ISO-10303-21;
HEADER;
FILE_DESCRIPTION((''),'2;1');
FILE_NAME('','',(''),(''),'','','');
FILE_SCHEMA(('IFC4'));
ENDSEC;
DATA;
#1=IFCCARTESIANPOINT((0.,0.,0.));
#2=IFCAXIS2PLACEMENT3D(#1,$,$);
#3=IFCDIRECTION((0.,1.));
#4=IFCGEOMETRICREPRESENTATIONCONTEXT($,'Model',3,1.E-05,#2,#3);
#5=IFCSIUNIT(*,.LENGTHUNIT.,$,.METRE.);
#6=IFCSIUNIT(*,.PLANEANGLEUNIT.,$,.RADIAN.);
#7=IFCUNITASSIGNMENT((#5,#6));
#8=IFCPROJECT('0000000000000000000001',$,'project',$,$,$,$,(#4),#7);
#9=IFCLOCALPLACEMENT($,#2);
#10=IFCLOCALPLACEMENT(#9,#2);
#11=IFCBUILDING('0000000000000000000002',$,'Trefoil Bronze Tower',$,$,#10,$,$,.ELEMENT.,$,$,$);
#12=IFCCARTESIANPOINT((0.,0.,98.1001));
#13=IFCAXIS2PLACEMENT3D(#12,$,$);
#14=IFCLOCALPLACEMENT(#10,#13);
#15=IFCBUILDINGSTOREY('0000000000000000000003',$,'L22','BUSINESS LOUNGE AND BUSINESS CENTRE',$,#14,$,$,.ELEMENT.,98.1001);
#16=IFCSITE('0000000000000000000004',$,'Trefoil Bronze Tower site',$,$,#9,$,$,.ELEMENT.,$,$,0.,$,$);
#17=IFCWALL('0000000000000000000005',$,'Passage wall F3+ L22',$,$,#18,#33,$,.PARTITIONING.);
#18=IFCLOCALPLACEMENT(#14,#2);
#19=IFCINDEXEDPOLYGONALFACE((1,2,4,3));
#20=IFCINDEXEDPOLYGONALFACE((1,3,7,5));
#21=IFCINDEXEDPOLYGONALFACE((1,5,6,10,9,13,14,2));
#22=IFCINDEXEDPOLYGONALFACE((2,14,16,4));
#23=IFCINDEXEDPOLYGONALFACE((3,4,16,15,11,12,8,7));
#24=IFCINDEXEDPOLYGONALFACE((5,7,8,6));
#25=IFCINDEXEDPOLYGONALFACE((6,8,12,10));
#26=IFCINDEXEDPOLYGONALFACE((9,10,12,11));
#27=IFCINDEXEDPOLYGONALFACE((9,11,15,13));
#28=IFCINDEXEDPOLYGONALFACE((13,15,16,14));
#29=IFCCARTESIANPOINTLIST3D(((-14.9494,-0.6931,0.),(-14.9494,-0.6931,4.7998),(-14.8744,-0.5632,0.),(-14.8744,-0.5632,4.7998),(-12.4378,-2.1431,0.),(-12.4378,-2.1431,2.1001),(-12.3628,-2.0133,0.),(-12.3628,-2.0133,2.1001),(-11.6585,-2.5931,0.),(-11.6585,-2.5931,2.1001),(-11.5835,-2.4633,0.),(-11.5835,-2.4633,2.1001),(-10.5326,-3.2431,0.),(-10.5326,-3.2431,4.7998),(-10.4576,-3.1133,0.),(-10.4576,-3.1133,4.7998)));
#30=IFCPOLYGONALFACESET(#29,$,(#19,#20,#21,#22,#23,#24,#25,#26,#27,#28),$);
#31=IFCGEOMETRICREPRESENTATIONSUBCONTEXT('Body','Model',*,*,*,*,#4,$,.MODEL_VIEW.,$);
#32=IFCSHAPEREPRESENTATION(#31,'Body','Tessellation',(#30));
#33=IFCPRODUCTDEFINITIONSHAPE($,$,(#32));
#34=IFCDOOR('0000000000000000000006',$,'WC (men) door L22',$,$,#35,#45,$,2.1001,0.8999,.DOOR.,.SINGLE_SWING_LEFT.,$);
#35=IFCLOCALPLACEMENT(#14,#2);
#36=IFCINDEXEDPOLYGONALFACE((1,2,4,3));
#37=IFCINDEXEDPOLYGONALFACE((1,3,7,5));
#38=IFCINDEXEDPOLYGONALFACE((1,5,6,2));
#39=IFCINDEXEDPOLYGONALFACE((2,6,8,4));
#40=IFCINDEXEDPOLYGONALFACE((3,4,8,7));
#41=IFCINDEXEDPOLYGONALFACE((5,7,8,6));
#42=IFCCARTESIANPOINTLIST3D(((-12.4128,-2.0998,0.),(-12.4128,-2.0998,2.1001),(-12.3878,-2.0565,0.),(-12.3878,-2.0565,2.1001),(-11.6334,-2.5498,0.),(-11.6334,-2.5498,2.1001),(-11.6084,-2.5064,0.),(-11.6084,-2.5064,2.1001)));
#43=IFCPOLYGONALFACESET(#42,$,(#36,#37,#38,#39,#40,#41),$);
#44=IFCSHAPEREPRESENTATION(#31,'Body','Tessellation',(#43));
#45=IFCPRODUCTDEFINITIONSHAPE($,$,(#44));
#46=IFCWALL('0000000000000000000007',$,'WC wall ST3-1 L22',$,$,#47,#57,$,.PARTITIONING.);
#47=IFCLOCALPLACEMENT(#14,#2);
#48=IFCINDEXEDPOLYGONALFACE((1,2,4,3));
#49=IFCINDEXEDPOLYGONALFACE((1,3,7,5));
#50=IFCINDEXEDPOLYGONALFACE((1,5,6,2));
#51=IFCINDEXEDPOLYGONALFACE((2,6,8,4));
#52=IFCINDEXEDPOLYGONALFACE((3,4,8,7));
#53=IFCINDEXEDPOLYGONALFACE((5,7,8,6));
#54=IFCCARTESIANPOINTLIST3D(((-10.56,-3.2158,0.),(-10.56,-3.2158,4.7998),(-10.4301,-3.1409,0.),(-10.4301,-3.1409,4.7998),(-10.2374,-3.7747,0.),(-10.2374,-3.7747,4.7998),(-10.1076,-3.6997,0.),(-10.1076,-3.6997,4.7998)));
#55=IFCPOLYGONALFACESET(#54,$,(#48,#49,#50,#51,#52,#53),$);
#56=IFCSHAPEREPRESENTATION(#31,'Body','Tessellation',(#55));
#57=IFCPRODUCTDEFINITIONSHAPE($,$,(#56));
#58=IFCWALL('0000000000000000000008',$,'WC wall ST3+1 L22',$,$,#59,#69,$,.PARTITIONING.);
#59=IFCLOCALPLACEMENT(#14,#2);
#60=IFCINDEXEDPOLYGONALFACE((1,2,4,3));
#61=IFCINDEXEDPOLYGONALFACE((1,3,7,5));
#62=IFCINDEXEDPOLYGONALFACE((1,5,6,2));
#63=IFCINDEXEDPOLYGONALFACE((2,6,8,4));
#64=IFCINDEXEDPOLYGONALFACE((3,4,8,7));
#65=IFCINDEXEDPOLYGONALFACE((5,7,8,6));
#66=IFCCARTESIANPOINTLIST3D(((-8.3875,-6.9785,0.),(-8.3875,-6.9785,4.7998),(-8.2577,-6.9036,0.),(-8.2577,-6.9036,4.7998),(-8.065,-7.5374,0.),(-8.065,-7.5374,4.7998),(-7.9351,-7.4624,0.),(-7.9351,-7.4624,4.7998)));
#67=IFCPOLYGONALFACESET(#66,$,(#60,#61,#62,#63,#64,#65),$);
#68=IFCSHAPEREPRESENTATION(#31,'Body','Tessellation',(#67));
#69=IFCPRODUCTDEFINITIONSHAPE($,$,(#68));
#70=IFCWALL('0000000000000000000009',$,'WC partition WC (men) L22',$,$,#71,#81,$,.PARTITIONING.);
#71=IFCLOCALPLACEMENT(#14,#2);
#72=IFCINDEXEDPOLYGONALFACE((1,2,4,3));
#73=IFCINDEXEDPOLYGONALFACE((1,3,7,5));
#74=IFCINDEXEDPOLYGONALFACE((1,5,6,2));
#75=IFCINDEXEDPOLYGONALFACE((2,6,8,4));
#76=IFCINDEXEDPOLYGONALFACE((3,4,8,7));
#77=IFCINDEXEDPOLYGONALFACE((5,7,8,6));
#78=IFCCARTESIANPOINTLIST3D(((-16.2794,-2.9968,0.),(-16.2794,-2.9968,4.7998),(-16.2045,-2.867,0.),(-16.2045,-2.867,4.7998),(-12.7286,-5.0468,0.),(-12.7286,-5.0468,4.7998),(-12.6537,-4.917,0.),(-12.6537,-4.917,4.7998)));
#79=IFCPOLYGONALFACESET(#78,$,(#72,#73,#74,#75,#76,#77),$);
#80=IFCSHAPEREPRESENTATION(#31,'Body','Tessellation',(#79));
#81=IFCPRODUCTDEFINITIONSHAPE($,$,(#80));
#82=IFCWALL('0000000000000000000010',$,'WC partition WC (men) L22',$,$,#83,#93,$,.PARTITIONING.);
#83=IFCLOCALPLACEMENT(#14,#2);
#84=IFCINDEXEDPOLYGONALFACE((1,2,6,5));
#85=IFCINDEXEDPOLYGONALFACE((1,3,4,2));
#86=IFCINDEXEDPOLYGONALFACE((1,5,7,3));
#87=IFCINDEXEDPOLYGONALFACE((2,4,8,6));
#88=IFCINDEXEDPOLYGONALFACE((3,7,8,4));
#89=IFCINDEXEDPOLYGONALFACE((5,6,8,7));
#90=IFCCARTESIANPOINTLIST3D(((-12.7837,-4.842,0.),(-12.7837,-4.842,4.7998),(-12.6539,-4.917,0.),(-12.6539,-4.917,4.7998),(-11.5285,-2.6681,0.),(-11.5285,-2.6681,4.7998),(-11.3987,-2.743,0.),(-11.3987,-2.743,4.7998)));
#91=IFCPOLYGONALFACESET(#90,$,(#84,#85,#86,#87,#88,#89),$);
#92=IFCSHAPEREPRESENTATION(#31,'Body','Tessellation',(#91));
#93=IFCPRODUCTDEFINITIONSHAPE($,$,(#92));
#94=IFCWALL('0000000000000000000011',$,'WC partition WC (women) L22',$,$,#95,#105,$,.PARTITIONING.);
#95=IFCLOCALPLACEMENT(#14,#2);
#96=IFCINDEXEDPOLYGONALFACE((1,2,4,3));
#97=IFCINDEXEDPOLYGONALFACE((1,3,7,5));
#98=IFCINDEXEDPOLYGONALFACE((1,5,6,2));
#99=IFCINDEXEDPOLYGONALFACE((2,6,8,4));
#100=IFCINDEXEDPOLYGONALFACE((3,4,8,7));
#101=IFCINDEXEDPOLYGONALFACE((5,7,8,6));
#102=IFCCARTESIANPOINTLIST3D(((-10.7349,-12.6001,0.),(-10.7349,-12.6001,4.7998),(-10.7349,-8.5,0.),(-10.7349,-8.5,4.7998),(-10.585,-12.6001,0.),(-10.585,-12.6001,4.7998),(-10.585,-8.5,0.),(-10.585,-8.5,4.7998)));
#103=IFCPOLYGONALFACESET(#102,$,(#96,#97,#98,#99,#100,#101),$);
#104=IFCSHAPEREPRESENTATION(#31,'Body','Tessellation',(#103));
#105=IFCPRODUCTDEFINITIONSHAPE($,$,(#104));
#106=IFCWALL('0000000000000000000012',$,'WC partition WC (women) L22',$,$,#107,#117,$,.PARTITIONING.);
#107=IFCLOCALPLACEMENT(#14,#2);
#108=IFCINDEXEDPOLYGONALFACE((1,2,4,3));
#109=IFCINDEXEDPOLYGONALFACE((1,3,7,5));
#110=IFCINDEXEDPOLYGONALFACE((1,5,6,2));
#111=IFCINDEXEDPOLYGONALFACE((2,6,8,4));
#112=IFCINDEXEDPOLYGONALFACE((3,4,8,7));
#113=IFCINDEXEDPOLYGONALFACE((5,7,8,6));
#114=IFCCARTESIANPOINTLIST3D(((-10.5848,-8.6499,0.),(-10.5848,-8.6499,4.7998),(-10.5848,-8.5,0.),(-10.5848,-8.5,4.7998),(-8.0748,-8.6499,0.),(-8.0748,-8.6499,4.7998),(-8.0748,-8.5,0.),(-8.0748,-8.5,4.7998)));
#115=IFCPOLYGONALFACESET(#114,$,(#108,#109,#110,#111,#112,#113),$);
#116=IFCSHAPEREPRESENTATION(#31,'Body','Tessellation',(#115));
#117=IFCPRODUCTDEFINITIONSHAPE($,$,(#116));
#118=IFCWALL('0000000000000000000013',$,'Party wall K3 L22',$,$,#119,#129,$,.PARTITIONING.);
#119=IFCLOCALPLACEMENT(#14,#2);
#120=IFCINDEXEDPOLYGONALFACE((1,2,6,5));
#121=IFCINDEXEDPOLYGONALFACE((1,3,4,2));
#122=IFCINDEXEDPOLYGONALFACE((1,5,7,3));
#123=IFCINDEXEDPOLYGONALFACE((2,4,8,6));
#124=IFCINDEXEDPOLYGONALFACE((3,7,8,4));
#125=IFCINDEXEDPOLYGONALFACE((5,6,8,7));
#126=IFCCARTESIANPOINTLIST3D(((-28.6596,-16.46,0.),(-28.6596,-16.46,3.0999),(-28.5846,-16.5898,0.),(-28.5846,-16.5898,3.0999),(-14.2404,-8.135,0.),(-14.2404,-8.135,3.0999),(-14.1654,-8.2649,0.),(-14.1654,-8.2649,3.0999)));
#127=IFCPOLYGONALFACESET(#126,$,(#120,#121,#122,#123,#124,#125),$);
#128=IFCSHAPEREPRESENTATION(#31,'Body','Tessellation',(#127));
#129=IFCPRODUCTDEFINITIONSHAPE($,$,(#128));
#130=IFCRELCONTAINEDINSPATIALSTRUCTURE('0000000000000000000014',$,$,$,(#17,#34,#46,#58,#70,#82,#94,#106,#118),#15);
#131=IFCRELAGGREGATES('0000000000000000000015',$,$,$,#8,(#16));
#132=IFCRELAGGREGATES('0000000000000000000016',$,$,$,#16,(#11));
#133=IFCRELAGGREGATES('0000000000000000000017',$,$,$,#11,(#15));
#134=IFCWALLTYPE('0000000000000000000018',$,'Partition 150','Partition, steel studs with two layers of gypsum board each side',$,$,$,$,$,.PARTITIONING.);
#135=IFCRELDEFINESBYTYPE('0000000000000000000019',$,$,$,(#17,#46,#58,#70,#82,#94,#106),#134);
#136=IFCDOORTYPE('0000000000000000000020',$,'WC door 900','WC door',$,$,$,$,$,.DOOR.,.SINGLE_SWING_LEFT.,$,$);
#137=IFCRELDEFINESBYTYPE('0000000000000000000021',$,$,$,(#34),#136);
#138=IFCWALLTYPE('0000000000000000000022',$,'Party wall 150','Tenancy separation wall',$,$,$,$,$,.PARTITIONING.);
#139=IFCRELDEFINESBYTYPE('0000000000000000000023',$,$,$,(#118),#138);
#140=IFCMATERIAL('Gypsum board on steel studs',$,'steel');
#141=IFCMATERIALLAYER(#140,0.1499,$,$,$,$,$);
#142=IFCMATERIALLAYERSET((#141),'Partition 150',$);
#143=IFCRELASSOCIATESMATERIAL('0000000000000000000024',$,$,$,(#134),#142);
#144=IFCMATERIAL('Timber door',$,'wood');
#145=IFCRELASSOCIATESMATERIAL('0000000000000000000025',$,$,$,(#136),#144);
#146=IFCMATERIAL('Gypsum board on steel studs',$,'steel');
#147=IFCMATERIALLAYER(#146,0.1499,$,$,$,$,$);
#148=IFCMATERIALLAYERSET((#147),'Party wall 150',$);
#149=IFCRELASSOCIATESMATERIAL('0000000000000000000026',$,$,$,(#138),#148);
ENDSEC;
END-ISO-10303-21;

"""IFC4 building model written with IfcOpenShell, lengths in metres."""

from ifc_helpers import new_model, si_unit, direction, frame, frame_2d, origin, place, context, subcontext, project, spatial, rectangle, extrude, material, layer, layer_set, type_object, element, fill, save


model = new_model("IFC4")

# Units and contexts
model_context = context("Model", 3, precision=1e-05, world=origin(), true_north=direction((0.0, 1.0)))
body_context = subcontext(model_context, "Body", "Model", "MODEL_VIEW")
ifc_project = project(units=[si_unit("LENGTHUNIT", "METRE"), si_unit("PLANEANGLEUNIT", "RADIAN")], contexts=[model_context])

# Site, building, storey
site_placement = place(None, origin())
site = spatial("IfcSite", under=ifc_project, at=site_placement, Name="Trefoil Bronze Tower site", CompositionType="ELEMENT", RefElevation=0.0)
building_placement = place(site_placement, origin())
building = spatial("IfcBuilding", under=site, at=building_placement, Name="Trefoil Bronze Tower", CompositionType="ELEMENT")
storey_placement = place(building_placement, frame((0.0, 0.0, 98.1001)))
storey = spatial("IfcBuildingStorey", under=building, at=storey_placement, Name="L22", Description="BUSINESS LOUNGE AND BUSINESS CENTRE", CompositionType="ELEMENT", Elevation=98.1001)

# Wall, opening, door
ifc_material_1 = material(Name="Gypsum board on steel studs", Category="steel")
ifc_layer_1 = layer(ifc_material_1, 0.1499)
ifc_layer_set_1 = layer_set([ifc_layer_1], Name="Partition 150")
wall_type_1 = type_object("IfcWallType", Name="Partition 150", Description="Partition, steel studs with two layers of gypsum board each side", PredefinedType="PARTITIONING", material=ifc_layer_set_1)
ifc_material_2 = material(Name="Timber door", Category="wood")
door_type_1 = type_object("IfcDoorType", Name="WC door 900", Description="WC door", OperationType="SINGLE_SWING_LEFT", PredefinedType="DOOR", material=ifc_material_2)
wall_1_placement = place(storey_placement, frame((-10.4951, -3.1782, 0.0), z_axis=(0.0, 0.0, 1.0), x_axis=(-0.866022, 0.500006, 0.0)))
wall_1 = element("IfcWall", 1, at=wall_1_placement, inside=storey, type_object=wall_type_1, Name="Passage wall F3+ L22", PredefinedType="PARTITIONING", context=body_context, shape_type="SweptSolid", body=[
    extrude(rectangle(XDim=5.1001, YDim=0.1499, at=frame_2d((2.55, 0.0))), origin(), (0.0, 0.0, 1.0), 4.7998),
])
opening_1_placement = place(wall_1_placement, frame((1.3, 0.0, 0.0)))
opening_1 = element("IfcOpeningElement", 2, at=opening_1_placement, cuts=wall_1, PredefinedType="OPENING", context=body_context, shape_type="SweptSolid", body=[
    extrude(rectangle(XDim=0.8999, YDim=2.1001, at=frame_2d((0.45, 1.05))), frame((0.0, 0.085, 0.0), z_axis=(0.0, -1.0, 0.0), x_axis=(1.0, 0.0, 0.0)), (0.0, 0.0, 1.0), 0.1699),
])
door_1_placement = place(opening_1_placement, origin())
door_1 = element("IfcDoor", 3, at=door_1_placement, inside=storey, type_object=door_type_1, Name="WC (men) door L22", OperationType="SINGLE_SWING_LEFT", OverallHeight=2.1001, OverallWidth=0.8999, PredefinedType="DOOR", context=body_context, shape_type="SweptSolid", body=[
    extrude(rectangle(XDim=0.8999, YDim=2.1001, at=frame_2d((0.45, 1.05))), frame((0.0, 0.0249, 0.0), z_axis=(0.0, -1.0, 0.0), x_axis=(1.0, 0.0, 0.0)), (0.0, 0.0, 1.0), 0.05),
])
fill(opening_1, door_1)

# Walls
for number, where, z_axis, x_axis, name in (
    (4, (-10.4951, -3.1782, 0.0), (0.0, 0.0, 1.0), (0.499843, -0.866116, 0.0), "WC wall ST3-1 L22"),
    (5, (-8.0, -7.5, 0.0), (0.0, 0.0, 1.0), (-0.499843, 0.866116, 0.0), "WC wall ST3+1 L22"),
):
    element("IfcWall", number, at=place(storey_placement, frame(where, z_axis=z_axis, x_axis=x_axis)), inside=storey, type_object=wall_type_1, Name=name, PredefinedType="PARTITIONING", context=body_context, shape_type="SweptSolid", body=[
        extrude(rectangle(XDim=0.6453, YDim=0.1499, at=frame_2d((0.3228, 0.0))), origin(), (0.0, 0.0, 1.0), 4.7998),
    ])
wall_2_placement = place(storey_placement, frame((-12.6912, -4.9819, 0.0), z_axis=(0.0, 0.0, 1.0), x_axis=(-0.866025, 0.500001, 0.0)))
element("IfcWall", 6, at=wall_2_placement, inside=storey, type_object=wall_type_1, Name="WC partition WC (men) L22", PredefinedType="PARTITIONING", context=body_context, shape_type="SweptSolid", body=[
    extrude(rectangle(XDim=4.1001, YDim=0.1499, at=frame_2d((2.05, 0.0))), origin(), (0.0, 0.0, 1.0), 4.7998),
])
wall_3_placement = place(storey_placement, frame((-11.4636, -2.7056, 0.0), z_axis=(0.0, 0.0, 1.0), x_axis=(-0.50002, -0.866014, 0.0)))
element("IfcWall", 7, at=wall_3_placement, inside=storey, type_object=wall_type_1, Name="WC partition WC (men) L22", PredefinedType="PARTITIONING", context=body_context, shape_type="SweptSolid", body=[
    extrude(rectangle(XDim=2.5103, YDim=0.1499, at=frame_2d((1.2551, 0.0))), origin(), (0.0, 0.0, 1.0), 4.7998),
])
wall_4_placement = place(storey_placement, frame((-10.6599, -8.5, 0.0), z_axis=(0.0, 0.0, 1.0), x_axis=(0.0, -1.0, 0.0)))
element("IfcWall", 8, at=wall_4_placement, inside=storey, type_object=wall_type_1, Name="WC partition WC (women) L22", PredefinedType="PARTITIONING", context=body_context, shape_type="SweptSolid", body=[
    extrude(rectangle(XDim=4.1001, YDim=0.1499, at=frame_2d((2.05, 0.0))), origin(), (0.0, 0.0, 1.0), 4.7998),
])
wall_5_placement = place(storey_placement, frame((-8.075, -8.575, 0.0), z_axis=(0.0, 0.0, 1.0), x_axis=(-1.0, 0.0, 0.0)))
element("IfcWall", 9, at=wall_5_placement, inside=storey, type_object=wall_type_1, Name="WC partition WC (women) L22", PredefinedType="PARTITIONING", context=body_context, shape_type="SweptSolid", body=[
    extrude(rectangle(XDim=2.51, YDim=0.1499, at=frame_2d((1.2549, 0.0))), origin(), (0.0, 0.0, 1.0), 4.7998),
])
ifc_material_3 = material(Name="Gypsum board on steel studs", Category="steel")
ifc_layer_2 = layer(ifc_material_3, 0.1499)
ifc_layer_set_2 = layer_set([ifc_layer_2], Name="Party wall 150")
wall_type_2 = type_object("IfcWallType", Name="Party wall 150", Description="Tenancy separation wall", PredefinedType="PARTITIONING", material=ifc_layer_set_2)
wall_6_placement = place(storey_placement, frame((-14.2029, -8.2, 0.0), z_axis=(0.0, 0.0, 1.0), x_axis=(-0.866025, -0.500001, 0.0)))
element("IfcWall", 10, at=wall_6_placement, inside=storey, type_object=wall_type_2, Name="Party wall K3 L22", PredefinedType="PARTITIONING", context=body_context, shape_type="SweptSolid", body=[
    extrude(rectangle(XDim=16.6499, YDim=0.1499, at=frame_2d((8.325, 0.0))), origin(), (0.0, 0.0, 1.0), 3.0999),
])

save(model, "model.ifc")
